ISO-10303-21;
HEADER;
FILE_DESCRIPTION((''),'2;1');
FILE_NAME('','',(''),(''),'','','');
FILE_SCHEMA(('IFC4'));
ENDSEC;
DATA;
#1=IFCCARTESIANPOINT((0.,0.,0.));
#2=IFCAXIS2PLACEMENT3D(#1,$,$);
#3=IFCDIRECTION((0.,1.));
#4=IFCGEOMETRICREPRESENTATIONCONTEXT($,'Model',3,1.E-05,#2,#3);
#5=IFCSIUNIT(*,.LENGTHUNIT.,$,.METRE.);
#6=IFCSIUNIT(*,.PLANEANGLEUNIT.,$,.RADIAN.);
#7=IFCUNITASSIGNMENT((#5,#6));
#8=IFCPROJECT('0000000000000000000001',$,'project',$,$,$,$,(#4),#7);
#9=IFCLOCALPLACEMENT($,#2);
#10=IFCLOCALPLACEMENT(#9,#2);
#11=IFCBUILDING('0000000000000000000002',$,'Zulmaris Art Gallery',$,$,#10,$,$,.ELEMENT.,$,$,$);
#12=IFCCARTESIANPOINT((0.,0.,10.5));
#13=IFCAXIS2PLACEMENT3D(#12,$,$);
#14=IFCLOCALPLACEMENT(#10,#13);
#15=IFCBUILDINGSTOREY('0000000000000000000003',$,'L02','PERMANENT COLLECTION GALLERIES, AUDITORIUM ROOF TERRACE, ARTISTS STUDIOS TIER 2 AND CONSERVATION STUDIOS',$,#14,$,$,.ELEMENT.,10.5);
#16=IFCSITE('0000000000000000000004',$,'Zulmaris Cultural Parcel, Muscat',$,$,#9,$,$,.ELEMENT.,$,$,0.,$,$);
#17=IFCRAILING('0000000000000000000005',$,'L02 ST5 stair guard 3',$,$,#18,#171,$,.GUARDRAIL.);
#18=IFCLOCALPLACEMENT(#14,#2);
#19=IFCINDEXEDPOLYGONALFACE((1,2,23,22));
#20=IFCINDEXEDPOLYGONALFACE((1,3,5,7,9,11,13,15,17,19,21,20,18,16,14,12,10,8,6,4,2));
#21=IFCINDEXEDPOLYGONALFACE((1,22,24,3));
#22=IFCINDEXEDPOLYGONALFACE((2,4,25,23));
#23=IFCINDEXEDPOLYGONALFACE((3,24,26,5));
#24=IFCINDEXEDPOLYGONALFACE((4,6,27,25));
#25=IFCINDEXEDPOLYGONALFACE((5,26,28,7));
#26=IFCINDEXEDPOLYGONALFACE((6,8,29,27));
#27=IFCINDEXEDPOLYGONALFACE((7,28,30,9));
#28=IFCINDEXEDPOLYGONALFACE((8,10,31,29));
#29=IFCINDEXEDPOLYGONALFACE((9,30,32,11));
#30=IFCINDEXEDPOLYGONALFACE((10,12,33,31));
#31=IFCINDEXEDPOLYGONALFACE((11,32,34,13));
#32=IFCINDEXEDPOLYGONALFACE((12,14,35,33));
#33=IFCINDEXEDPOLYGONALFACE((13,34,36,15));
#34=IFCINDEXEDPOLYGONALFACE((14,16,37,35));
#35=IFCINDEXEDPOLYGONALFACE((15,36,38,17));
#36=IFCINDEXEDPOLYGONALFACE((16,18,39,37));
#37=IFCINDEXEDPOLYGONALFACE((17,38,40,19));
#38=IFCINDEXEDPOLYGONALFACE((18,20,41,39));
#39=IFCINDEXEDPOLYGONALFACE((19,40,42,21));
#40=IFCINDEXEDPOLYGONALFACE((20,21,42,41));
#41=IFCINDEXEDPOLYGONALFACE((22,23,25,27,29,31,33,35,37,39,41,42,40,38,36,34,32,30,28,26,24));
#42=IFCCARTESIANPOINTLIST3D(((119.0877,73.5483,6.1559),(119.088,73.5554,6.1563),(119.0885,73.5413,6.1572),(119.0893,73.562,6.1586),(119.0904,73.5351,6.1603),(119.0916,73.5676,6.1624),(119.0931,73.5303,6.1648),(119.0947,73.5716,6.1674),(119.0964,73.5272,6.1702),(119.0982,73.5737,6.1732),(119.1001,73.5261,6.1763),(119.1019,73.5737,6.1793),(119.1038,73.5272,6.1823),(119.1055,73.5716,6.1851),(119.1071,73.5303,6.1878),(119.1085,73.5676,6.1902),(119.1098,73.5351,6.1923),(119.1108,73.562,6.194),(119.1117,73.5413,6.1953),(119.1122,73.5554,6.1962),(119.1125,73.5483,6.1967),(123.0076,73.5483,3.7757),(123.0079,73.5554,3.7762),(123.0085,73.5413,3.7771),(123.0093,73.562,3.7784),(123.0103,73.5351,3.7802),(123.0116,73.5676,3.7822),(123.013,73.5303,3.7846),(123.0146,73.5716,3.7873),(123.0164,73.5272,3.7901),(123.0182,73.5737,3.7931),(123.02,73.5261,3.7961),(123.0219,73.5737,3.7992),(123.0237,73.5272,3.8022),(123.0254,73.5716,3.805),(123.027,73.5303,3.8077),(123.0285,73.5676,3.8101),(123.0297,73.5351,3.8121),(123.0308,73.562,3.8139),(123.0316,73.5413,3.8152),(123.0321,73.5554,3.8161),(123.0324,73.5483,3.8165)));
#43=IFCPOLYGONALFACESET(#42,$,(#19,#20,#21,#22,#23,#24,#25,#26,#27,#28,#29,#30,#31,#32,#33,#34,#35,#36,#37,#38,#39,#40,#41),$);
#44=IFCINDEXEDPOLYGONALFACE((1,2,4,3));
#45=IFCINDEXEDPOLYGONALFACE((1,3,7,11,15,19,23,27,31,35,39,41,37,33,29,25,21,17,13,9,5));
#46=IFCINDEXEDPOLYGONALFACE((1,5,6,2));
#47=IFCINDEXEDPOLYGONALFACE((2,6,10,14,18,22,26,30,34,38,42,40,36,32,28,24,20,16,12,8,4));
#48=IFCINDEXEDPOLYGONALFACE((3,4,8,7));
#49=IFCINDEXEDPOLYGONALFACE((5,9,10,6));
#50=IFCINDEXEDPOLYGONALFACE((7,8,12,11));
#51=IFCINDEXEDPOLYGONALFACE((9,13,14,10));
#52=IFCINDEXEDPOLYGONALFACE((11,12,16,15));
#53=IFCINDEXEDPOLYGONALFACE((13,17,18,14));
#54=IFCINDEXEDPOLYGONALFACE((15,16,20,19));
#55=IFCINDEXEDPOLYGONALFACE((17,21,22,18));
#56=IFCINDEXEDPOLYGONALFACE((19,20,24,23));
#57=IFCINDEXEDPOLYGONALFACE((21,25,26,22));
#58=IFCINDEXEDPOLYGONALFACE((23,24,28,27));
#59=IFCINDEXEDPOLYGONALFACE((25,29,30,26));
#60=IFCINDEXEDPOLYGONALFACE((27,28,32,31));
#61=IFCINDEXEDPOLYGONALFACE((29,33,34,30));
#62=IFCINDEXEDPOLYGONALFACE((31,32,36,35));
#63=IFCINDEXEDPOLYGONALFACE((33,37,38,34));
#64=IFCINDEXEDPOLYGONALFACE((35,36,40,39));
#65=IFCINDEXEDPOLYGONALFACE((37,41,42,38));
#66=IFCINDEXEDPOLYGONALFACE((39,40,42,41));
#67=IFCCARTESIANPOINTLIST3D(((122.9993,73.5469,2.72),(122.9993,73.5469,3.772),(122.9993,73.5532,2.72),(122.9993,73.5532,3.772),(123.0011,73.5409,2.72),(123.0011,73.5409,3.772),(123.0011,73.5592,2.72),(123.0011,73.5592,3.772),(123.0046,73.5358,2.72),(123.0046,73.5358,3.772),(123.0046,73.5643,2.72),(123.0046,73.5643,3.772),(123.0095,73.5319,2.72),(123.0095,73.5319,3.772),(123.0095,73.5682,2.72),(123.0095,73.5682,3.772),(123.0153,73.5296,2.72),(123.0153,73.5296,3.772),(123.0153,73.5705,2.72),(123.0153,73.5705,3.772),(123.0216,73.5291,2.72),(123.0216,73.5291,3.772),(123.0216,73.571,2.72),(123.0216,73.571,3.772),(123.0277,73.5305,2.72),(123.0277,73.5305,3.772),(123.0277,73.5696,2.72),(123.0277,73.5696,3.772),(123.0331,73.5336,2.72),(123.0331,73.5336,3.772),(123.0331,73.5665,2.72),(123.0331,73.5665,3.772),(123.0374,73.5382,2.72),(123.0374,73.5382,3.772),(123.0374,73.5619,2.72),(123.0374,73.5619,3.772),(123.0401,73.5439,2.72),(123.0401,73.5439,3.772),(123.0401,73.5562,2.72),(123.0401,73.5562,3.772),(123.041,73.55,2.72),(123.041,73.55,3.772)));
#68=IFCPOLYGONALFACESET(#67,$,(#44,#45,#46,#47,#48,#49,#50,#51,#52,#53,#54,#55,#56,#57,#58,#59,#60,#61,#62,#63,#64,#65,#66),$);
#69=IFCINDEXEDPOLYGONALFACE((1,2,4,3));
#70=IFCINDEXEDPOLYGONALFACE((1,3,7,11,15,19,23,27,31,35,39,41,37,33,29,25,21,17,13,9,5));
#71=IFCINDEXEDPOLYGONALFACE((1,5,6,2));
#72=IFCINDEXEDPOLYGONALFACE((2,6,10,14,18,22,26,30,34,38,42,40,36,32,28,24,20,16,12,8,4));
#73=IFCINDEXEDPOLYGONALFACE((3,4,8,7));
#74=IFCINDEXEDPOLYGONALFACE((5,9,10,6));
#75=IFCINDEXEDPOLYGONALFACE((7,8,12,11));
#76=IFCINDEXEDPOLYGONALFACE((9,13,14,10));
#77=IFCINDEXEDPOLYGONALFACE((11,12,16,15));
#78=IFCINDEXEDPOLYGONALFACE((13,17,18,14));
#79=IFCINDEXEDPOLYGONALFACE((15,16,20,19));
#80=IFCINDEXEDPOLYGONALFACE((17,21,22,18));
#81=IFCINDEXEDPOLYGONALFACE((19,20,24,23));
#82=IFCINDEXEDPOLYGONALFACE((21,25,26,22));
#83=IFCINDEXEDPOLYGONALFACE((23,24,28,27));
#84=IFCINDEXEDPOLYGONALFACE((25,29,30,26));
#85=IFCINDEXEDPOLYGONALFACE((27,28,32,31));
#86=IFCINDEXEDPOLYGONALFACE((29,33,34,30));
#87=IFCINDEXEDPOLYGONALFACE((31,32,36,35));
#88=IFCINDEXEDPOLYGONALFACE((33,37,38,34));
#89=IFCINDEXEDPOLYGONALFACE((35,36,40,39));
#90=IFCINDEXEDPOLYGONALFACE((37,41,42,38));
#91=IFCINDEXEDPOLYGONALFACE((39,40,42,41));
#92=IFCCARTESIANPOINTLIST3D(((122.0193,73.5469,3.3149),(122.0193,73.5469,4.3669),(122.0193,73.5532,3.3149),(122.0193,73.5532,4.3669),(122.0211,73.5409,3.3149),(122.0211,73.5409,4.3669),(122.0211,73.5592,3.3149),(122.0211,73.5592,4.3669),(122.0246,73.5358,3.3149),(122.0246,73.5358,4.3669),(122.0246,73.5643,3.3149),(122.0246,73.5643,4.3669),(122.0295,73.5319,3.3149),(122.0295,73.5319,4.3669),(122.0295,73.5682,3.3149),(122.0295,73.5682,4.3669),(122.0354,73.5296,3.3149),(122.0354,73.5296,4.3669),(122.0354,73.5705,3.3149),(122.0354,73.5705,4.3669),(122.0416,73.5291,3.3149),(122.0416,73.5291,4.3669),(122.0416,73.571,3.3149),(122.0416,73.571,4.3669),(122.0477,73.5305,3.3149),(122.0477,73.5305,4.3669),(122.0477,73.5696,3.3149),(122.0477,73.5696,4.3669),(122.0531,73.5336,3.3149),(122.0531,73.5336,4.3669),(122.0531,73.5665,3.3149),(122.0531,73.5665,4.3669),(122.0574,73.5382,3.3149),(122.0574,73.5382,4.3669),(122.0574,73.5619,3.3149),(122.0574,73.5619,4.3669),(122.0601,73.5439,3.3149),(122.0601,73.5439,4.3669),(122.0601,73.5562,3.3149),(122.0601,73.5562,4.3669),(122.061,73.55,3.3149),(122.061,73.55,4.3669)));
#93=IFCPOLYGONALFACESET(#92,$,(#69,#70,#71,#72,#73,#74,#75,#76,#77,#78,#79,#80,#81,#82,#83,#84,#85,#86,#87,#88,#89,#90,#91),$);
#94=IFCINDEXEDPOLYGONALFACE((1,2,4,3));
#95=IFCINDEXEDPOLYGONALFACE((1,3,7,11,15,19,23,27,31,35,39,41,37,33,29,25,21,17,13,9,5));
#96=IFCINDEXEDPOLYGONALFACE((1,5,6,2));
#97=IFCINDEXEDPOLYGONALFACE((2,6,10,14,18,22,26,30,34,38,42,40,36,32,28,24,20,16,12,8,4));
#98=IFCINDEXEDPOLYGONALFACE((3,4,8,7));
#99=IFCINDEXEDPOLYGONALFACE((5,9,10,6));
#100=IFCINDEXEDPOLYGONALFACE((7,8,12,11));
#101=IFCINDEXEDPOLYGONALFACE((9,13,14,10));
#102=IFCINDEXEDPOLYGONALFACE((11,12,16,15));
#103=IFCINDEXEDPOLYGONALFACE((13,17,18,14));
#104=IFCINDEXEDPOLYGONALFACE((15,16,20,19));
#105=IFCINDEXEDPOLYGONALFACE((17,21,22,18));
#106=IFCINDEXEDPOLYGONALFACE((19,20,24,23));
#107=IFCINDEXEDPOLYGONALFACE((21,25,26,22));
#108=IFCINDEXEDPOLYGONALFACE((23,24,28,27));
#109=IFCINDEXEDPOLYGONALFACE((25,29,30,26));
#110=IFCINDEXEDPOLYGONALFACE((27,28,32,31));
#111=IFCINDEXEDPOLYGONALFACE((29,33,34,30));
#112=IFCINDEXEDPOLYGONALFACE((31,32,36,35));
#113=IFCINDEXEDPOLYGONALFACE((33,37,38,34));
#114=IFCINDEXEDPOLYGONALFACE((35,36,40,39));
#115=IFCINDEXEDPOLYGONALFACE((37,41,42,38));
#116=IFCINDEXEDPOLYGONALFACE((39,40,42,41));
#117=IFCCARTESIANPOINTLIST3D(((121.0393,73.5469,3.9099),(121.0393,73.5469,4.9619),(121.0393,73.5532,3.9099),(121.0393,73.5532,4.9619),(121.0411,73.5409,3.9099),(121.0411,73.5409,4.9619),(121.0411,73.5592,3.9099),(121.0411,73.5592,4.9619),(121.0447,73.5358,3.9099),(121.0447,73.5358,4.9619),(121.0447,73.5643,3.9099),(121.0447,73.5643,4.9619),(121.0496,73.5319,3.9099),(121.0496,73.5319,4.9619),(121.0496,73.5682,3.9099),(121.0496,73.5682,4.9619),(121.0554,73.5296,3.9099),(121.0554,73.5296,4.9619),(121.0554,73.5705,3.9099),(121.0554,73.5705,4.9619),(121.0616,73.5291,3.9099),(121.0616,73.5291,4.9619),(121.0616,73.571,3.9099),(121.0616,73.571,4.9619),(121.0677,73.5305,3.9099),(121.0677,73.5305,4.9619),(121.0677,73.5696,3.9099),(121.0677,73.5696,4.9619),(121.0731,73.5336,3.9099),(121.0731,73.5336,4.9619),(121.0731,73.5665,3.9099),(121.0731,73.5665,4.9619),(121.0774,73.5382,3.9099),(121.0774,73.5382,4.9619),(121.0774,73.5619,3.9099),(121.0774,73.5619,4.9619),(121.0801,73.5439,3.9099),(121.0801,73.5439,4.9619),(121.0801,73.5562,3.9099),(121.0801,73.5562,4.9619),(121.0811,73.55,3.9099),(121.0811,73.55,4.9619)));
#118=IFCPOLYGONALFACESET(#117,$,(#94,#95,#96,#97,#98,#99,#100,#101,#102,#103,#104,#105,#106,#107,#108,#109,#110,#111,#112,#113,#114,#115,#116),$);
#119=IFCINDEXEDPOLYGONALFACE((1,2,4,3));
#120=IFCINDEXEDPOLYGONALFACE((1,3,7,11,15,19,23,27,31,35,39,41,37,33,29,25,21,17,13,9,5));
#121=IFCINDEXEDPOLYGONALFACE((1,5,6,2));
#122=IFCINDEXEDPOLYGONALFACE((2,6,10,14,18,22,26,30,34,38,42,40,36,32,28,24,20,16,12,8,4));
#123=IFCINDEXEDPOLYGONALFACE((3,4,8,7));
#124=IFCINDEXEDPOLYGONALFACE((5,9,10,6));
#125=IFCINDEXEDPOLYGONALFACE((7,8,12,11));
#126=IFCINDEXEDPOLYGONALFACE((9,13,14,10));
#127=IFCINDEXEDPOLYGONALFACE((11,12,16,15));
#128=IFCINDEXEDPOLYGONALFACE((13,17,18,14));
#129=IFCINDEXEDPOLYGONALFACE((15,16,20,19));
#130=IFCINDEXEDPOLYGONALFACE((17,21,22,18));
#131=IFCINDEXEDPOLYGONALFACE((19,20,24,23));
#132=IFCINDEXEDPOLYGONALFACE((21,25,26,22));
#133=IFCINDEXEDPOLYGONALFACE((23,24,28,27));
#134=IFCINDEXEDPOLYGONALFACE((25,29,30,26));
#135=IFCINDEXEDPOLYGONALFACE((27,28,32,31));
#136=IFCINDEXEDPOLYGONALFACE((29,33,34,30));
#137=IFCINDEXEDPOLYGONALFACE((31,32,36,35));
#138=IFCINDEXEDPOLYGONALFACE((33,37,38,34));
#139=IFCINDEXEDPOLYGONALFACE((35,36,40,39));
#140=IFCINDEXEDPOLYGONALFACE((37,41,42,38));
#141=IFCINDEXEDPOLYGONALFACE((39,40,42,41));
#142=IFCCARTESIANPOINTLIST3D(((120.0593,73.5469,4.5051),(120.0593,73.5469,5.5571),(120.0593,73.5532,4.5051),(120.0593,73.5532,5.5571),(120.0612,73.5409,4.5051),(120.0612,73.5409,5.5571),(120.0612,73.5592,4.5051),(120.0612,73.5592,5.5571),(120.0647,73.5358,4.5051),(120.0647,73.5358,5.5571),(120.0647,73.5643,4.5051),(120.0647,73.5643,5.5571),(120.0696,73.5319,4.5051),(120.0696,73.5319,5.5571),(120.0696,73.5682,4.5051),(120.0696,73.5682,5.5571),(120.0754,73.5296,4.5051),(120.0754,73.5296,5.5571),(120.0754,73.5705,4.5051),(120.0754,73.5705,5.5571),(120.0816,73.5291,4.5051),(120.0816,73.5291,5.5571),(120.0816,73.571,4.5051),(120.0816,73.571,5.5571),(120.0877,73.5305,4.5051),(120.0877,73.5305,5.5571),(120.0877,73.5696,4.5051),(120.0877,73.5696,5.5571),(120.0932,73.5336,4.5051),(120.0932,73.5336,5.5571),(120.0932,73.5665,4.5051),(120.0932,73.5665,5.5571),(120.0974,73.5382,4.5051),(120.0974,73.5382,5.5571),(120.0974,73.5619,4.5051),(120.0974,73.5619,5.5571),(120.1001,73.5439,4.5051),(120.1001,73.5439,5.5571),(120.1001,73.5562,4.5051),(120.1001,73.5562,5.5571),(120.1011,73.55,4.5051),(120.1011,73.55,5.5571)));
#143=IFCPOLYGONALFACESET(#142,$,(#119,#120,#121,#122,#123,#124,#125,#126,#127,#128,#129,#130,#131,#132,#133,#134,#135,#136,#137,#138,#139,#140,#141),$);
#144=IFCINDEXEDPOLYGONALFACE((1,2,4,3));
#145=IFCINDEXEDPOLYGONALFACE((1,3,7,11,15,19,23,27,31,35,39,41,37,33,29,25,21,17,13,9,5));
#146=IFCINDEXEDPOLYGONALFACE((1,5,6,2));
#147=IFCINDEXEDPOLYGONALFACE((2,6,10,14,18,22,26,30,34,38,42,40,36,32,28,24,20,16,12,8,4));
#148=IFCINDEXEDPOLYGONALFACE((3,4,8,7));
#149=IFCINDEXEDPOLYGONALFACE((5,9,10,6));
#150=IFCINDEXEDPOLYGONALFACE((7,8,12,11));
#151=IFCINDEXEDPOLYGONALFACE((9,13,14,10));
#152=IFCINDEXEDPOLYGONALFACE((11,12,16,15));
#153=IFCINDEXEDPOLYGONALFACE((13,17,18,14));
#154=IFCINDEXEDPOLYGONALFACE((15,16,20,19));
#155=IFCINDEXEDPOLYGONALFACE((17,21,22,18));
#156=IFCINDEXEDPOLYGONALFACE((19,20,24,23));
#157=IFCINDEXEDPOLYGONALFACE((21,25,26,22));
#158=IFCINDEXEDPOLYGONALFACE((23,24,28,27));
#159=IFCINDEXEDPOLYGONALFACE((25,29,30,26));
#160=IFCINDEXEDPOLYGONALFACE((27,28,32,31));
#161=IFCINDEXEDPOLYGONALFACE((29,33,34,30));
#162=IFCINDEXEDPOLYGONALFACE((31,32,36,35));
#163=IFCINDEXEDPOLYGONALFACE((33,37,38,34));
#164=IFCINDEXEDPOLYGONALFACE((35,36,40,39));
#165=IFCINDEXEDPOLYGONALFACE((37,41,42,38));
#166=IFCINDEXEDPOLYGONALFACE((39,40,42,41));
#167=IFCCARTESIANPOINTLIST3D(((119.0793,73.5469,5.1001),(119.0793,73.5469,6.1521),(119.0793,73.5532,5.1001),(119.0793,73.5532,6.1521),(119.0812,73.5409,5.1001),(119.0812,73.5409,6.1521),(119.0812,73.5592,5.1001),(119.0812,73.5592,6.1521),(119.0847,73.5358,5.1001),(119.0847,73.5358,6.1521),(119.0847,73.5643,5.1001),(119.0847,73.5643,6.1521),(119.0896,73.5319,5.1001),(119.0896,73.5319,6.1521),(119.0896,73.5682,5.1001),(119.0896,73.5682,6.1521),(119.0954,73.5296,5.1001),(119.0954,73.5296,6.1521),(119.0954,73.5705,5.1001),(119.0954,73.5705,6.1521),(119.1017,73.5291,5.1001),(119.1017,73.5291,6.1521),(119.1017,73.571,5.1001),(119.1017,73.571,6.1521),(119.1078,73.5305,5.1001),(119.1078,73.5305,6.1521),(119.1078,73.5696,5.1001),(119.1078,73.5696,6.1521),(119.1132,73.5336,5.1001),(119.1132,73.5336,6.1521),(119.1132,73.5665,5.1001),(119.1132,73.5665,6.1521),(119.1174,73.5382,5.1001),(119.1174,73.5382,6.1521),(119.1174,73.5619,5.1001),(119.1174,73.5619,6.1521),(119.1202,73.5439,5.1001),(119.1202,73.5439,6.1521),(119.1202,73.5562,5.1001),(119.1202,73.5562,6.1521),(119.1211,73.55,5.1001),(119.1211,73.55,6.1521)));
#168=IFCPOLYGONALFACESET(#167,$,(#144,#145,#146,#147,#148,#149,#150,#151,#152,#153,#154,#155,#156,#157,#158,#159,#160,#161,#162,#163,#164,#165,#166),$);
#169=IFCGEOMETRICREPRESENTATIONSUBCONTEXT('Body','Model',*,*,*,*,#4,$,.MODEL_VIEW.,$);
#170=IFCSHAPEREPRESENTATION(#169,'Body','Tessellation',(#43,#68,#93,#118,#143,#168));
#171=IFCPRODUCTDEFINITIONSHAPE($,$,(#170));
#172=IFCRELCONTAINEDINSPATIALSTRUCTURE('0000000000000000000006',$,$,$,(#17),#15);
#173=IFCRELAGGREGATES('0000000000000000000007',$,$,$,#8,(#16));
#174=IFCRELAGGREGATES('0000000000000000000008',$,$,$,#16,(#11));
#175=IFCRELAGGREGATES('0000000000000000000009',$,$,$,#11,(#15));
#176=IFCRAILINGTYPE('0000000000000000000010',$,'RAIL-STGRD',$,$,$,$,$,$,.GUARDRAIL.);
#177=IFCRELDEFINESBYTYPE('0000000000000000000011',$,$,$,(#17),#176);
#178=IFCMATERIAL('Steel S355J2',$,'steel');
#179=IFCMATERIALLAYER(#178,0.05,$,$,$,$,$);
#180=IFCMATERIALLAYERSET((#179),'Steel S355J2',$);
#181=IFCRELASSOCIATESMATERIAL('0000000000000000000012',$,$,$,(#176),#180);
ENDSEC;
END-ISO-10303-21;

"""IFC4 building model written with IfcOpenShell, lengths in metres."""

from ifc_helpers import new_model, si_unit, direction, frame, origin, origin_2d, place, context, subcontext, project, spatial, circle, extrude, material, layer, layer_set, type_object, element, save


model = new_model("IFC4")

# Units and contexts
model_context = context("Model", 3, precision=1e-05, world=origin(), true_north=direction((0.0, 1.0)))
body_context = subcontext(model_context, "Body", "Model", "MODEL_VIEW")
ifc_project = project(units=[si_unit("LENGTHUNIT", "METRE"), si_unit("PLANEANGLEUNIT", "RADIAN")], contexts=[model_context])

# Site, building, storey
site_placement = place(None, origin())
site = spatial("IfcSite", under=ifc_project, at=site_placement, Name="Zulmaris Cultural Parcel, Muscat", CompositionType="ELEMENT", RefElevation=0.0)
building_placement = place(site_placement, origin())
building = spatial("IfcBuilding", under=site, at=building_placement, Name="Zulmaris Art Gallery", CompositionType="ELEMENT")
storey_placement = place(building_placement, frame((0.0, 0.0, 10.5)))
storey = spatial("IfcBuildingStorey", under=building, at=storey_placement, Name="L02", Description="PERMANENT COLLECTION GALLERIES, AUDITORIUM ROOF TERRACE, ARTISTS STUDIOS TIER 2 AND CONSERVATION STUDIOS", CompositionType="ELEMENT", Elevation=10.5)

# Shared definitions
ifc_material_1 = material(Name="Steel S355J2", Category="steel")

# Railing
ifc_layer_1 = layer(ifc_material_1, 0.05)
ifc_layer_set_1 = layer_set([ifc_layer_1], Name="Steel S355J2")
railing_type_1 = type_object("IfcRailingType", Name="RAIL-STGRD", PredefinedType="GUARDRAIL", material=ifc_layer_set_1)
railing_1_placement = place(storey_placement, frame((123.02, 73.55, 2.72)))
element("IfcRailing", 1, at=railing_1_placement, inside=storey, type_object=railing_type_1, Name="L02 ST5 stair guard 3", PredefinedType="GUARDRAIL", context=body_context, shape_type="SweptSolid", body=[
    extrude(circle(Radius=0.0239, at=origin_2d()), frame((0.0, 0.0, 1.0762), z_axis=(-0.854771, 0.0, 0.519006), x_axis=(0.0, -1.0, 0.0)), (0.0, 0.0, 1.0), 4.5859),
    extrude(circle(Radius=0.021, at=origin_2d()), origin(), (0.0, 0.0, 1.0), 1.052),
    extrude(circle(Radius=0.021, at=origin_2d()), frame((-0.98, 0.0, 0.595)), (0.0, 0.0, 1.0), 1.052),
    extrude(circle(Radius=0.021, at=origin_2d()), frame((-1.96, 0.0, 1.1899)), (0.0, 0.0, 1.0), 1.052),
    extrude(circle(Radius=0.021, at=origin_2d()), frame((-2.9399, 0.0, 1.7852)), (0.0, 0.0, 1.0), 1.052),
    extrude(circle(Radius=0.021, at=origin_2d()), frame((-3.9199, 0.0, 2.3801)), (0.0, 0.0, 1.0), 1.052),
])

save(model, "model.ifc")
